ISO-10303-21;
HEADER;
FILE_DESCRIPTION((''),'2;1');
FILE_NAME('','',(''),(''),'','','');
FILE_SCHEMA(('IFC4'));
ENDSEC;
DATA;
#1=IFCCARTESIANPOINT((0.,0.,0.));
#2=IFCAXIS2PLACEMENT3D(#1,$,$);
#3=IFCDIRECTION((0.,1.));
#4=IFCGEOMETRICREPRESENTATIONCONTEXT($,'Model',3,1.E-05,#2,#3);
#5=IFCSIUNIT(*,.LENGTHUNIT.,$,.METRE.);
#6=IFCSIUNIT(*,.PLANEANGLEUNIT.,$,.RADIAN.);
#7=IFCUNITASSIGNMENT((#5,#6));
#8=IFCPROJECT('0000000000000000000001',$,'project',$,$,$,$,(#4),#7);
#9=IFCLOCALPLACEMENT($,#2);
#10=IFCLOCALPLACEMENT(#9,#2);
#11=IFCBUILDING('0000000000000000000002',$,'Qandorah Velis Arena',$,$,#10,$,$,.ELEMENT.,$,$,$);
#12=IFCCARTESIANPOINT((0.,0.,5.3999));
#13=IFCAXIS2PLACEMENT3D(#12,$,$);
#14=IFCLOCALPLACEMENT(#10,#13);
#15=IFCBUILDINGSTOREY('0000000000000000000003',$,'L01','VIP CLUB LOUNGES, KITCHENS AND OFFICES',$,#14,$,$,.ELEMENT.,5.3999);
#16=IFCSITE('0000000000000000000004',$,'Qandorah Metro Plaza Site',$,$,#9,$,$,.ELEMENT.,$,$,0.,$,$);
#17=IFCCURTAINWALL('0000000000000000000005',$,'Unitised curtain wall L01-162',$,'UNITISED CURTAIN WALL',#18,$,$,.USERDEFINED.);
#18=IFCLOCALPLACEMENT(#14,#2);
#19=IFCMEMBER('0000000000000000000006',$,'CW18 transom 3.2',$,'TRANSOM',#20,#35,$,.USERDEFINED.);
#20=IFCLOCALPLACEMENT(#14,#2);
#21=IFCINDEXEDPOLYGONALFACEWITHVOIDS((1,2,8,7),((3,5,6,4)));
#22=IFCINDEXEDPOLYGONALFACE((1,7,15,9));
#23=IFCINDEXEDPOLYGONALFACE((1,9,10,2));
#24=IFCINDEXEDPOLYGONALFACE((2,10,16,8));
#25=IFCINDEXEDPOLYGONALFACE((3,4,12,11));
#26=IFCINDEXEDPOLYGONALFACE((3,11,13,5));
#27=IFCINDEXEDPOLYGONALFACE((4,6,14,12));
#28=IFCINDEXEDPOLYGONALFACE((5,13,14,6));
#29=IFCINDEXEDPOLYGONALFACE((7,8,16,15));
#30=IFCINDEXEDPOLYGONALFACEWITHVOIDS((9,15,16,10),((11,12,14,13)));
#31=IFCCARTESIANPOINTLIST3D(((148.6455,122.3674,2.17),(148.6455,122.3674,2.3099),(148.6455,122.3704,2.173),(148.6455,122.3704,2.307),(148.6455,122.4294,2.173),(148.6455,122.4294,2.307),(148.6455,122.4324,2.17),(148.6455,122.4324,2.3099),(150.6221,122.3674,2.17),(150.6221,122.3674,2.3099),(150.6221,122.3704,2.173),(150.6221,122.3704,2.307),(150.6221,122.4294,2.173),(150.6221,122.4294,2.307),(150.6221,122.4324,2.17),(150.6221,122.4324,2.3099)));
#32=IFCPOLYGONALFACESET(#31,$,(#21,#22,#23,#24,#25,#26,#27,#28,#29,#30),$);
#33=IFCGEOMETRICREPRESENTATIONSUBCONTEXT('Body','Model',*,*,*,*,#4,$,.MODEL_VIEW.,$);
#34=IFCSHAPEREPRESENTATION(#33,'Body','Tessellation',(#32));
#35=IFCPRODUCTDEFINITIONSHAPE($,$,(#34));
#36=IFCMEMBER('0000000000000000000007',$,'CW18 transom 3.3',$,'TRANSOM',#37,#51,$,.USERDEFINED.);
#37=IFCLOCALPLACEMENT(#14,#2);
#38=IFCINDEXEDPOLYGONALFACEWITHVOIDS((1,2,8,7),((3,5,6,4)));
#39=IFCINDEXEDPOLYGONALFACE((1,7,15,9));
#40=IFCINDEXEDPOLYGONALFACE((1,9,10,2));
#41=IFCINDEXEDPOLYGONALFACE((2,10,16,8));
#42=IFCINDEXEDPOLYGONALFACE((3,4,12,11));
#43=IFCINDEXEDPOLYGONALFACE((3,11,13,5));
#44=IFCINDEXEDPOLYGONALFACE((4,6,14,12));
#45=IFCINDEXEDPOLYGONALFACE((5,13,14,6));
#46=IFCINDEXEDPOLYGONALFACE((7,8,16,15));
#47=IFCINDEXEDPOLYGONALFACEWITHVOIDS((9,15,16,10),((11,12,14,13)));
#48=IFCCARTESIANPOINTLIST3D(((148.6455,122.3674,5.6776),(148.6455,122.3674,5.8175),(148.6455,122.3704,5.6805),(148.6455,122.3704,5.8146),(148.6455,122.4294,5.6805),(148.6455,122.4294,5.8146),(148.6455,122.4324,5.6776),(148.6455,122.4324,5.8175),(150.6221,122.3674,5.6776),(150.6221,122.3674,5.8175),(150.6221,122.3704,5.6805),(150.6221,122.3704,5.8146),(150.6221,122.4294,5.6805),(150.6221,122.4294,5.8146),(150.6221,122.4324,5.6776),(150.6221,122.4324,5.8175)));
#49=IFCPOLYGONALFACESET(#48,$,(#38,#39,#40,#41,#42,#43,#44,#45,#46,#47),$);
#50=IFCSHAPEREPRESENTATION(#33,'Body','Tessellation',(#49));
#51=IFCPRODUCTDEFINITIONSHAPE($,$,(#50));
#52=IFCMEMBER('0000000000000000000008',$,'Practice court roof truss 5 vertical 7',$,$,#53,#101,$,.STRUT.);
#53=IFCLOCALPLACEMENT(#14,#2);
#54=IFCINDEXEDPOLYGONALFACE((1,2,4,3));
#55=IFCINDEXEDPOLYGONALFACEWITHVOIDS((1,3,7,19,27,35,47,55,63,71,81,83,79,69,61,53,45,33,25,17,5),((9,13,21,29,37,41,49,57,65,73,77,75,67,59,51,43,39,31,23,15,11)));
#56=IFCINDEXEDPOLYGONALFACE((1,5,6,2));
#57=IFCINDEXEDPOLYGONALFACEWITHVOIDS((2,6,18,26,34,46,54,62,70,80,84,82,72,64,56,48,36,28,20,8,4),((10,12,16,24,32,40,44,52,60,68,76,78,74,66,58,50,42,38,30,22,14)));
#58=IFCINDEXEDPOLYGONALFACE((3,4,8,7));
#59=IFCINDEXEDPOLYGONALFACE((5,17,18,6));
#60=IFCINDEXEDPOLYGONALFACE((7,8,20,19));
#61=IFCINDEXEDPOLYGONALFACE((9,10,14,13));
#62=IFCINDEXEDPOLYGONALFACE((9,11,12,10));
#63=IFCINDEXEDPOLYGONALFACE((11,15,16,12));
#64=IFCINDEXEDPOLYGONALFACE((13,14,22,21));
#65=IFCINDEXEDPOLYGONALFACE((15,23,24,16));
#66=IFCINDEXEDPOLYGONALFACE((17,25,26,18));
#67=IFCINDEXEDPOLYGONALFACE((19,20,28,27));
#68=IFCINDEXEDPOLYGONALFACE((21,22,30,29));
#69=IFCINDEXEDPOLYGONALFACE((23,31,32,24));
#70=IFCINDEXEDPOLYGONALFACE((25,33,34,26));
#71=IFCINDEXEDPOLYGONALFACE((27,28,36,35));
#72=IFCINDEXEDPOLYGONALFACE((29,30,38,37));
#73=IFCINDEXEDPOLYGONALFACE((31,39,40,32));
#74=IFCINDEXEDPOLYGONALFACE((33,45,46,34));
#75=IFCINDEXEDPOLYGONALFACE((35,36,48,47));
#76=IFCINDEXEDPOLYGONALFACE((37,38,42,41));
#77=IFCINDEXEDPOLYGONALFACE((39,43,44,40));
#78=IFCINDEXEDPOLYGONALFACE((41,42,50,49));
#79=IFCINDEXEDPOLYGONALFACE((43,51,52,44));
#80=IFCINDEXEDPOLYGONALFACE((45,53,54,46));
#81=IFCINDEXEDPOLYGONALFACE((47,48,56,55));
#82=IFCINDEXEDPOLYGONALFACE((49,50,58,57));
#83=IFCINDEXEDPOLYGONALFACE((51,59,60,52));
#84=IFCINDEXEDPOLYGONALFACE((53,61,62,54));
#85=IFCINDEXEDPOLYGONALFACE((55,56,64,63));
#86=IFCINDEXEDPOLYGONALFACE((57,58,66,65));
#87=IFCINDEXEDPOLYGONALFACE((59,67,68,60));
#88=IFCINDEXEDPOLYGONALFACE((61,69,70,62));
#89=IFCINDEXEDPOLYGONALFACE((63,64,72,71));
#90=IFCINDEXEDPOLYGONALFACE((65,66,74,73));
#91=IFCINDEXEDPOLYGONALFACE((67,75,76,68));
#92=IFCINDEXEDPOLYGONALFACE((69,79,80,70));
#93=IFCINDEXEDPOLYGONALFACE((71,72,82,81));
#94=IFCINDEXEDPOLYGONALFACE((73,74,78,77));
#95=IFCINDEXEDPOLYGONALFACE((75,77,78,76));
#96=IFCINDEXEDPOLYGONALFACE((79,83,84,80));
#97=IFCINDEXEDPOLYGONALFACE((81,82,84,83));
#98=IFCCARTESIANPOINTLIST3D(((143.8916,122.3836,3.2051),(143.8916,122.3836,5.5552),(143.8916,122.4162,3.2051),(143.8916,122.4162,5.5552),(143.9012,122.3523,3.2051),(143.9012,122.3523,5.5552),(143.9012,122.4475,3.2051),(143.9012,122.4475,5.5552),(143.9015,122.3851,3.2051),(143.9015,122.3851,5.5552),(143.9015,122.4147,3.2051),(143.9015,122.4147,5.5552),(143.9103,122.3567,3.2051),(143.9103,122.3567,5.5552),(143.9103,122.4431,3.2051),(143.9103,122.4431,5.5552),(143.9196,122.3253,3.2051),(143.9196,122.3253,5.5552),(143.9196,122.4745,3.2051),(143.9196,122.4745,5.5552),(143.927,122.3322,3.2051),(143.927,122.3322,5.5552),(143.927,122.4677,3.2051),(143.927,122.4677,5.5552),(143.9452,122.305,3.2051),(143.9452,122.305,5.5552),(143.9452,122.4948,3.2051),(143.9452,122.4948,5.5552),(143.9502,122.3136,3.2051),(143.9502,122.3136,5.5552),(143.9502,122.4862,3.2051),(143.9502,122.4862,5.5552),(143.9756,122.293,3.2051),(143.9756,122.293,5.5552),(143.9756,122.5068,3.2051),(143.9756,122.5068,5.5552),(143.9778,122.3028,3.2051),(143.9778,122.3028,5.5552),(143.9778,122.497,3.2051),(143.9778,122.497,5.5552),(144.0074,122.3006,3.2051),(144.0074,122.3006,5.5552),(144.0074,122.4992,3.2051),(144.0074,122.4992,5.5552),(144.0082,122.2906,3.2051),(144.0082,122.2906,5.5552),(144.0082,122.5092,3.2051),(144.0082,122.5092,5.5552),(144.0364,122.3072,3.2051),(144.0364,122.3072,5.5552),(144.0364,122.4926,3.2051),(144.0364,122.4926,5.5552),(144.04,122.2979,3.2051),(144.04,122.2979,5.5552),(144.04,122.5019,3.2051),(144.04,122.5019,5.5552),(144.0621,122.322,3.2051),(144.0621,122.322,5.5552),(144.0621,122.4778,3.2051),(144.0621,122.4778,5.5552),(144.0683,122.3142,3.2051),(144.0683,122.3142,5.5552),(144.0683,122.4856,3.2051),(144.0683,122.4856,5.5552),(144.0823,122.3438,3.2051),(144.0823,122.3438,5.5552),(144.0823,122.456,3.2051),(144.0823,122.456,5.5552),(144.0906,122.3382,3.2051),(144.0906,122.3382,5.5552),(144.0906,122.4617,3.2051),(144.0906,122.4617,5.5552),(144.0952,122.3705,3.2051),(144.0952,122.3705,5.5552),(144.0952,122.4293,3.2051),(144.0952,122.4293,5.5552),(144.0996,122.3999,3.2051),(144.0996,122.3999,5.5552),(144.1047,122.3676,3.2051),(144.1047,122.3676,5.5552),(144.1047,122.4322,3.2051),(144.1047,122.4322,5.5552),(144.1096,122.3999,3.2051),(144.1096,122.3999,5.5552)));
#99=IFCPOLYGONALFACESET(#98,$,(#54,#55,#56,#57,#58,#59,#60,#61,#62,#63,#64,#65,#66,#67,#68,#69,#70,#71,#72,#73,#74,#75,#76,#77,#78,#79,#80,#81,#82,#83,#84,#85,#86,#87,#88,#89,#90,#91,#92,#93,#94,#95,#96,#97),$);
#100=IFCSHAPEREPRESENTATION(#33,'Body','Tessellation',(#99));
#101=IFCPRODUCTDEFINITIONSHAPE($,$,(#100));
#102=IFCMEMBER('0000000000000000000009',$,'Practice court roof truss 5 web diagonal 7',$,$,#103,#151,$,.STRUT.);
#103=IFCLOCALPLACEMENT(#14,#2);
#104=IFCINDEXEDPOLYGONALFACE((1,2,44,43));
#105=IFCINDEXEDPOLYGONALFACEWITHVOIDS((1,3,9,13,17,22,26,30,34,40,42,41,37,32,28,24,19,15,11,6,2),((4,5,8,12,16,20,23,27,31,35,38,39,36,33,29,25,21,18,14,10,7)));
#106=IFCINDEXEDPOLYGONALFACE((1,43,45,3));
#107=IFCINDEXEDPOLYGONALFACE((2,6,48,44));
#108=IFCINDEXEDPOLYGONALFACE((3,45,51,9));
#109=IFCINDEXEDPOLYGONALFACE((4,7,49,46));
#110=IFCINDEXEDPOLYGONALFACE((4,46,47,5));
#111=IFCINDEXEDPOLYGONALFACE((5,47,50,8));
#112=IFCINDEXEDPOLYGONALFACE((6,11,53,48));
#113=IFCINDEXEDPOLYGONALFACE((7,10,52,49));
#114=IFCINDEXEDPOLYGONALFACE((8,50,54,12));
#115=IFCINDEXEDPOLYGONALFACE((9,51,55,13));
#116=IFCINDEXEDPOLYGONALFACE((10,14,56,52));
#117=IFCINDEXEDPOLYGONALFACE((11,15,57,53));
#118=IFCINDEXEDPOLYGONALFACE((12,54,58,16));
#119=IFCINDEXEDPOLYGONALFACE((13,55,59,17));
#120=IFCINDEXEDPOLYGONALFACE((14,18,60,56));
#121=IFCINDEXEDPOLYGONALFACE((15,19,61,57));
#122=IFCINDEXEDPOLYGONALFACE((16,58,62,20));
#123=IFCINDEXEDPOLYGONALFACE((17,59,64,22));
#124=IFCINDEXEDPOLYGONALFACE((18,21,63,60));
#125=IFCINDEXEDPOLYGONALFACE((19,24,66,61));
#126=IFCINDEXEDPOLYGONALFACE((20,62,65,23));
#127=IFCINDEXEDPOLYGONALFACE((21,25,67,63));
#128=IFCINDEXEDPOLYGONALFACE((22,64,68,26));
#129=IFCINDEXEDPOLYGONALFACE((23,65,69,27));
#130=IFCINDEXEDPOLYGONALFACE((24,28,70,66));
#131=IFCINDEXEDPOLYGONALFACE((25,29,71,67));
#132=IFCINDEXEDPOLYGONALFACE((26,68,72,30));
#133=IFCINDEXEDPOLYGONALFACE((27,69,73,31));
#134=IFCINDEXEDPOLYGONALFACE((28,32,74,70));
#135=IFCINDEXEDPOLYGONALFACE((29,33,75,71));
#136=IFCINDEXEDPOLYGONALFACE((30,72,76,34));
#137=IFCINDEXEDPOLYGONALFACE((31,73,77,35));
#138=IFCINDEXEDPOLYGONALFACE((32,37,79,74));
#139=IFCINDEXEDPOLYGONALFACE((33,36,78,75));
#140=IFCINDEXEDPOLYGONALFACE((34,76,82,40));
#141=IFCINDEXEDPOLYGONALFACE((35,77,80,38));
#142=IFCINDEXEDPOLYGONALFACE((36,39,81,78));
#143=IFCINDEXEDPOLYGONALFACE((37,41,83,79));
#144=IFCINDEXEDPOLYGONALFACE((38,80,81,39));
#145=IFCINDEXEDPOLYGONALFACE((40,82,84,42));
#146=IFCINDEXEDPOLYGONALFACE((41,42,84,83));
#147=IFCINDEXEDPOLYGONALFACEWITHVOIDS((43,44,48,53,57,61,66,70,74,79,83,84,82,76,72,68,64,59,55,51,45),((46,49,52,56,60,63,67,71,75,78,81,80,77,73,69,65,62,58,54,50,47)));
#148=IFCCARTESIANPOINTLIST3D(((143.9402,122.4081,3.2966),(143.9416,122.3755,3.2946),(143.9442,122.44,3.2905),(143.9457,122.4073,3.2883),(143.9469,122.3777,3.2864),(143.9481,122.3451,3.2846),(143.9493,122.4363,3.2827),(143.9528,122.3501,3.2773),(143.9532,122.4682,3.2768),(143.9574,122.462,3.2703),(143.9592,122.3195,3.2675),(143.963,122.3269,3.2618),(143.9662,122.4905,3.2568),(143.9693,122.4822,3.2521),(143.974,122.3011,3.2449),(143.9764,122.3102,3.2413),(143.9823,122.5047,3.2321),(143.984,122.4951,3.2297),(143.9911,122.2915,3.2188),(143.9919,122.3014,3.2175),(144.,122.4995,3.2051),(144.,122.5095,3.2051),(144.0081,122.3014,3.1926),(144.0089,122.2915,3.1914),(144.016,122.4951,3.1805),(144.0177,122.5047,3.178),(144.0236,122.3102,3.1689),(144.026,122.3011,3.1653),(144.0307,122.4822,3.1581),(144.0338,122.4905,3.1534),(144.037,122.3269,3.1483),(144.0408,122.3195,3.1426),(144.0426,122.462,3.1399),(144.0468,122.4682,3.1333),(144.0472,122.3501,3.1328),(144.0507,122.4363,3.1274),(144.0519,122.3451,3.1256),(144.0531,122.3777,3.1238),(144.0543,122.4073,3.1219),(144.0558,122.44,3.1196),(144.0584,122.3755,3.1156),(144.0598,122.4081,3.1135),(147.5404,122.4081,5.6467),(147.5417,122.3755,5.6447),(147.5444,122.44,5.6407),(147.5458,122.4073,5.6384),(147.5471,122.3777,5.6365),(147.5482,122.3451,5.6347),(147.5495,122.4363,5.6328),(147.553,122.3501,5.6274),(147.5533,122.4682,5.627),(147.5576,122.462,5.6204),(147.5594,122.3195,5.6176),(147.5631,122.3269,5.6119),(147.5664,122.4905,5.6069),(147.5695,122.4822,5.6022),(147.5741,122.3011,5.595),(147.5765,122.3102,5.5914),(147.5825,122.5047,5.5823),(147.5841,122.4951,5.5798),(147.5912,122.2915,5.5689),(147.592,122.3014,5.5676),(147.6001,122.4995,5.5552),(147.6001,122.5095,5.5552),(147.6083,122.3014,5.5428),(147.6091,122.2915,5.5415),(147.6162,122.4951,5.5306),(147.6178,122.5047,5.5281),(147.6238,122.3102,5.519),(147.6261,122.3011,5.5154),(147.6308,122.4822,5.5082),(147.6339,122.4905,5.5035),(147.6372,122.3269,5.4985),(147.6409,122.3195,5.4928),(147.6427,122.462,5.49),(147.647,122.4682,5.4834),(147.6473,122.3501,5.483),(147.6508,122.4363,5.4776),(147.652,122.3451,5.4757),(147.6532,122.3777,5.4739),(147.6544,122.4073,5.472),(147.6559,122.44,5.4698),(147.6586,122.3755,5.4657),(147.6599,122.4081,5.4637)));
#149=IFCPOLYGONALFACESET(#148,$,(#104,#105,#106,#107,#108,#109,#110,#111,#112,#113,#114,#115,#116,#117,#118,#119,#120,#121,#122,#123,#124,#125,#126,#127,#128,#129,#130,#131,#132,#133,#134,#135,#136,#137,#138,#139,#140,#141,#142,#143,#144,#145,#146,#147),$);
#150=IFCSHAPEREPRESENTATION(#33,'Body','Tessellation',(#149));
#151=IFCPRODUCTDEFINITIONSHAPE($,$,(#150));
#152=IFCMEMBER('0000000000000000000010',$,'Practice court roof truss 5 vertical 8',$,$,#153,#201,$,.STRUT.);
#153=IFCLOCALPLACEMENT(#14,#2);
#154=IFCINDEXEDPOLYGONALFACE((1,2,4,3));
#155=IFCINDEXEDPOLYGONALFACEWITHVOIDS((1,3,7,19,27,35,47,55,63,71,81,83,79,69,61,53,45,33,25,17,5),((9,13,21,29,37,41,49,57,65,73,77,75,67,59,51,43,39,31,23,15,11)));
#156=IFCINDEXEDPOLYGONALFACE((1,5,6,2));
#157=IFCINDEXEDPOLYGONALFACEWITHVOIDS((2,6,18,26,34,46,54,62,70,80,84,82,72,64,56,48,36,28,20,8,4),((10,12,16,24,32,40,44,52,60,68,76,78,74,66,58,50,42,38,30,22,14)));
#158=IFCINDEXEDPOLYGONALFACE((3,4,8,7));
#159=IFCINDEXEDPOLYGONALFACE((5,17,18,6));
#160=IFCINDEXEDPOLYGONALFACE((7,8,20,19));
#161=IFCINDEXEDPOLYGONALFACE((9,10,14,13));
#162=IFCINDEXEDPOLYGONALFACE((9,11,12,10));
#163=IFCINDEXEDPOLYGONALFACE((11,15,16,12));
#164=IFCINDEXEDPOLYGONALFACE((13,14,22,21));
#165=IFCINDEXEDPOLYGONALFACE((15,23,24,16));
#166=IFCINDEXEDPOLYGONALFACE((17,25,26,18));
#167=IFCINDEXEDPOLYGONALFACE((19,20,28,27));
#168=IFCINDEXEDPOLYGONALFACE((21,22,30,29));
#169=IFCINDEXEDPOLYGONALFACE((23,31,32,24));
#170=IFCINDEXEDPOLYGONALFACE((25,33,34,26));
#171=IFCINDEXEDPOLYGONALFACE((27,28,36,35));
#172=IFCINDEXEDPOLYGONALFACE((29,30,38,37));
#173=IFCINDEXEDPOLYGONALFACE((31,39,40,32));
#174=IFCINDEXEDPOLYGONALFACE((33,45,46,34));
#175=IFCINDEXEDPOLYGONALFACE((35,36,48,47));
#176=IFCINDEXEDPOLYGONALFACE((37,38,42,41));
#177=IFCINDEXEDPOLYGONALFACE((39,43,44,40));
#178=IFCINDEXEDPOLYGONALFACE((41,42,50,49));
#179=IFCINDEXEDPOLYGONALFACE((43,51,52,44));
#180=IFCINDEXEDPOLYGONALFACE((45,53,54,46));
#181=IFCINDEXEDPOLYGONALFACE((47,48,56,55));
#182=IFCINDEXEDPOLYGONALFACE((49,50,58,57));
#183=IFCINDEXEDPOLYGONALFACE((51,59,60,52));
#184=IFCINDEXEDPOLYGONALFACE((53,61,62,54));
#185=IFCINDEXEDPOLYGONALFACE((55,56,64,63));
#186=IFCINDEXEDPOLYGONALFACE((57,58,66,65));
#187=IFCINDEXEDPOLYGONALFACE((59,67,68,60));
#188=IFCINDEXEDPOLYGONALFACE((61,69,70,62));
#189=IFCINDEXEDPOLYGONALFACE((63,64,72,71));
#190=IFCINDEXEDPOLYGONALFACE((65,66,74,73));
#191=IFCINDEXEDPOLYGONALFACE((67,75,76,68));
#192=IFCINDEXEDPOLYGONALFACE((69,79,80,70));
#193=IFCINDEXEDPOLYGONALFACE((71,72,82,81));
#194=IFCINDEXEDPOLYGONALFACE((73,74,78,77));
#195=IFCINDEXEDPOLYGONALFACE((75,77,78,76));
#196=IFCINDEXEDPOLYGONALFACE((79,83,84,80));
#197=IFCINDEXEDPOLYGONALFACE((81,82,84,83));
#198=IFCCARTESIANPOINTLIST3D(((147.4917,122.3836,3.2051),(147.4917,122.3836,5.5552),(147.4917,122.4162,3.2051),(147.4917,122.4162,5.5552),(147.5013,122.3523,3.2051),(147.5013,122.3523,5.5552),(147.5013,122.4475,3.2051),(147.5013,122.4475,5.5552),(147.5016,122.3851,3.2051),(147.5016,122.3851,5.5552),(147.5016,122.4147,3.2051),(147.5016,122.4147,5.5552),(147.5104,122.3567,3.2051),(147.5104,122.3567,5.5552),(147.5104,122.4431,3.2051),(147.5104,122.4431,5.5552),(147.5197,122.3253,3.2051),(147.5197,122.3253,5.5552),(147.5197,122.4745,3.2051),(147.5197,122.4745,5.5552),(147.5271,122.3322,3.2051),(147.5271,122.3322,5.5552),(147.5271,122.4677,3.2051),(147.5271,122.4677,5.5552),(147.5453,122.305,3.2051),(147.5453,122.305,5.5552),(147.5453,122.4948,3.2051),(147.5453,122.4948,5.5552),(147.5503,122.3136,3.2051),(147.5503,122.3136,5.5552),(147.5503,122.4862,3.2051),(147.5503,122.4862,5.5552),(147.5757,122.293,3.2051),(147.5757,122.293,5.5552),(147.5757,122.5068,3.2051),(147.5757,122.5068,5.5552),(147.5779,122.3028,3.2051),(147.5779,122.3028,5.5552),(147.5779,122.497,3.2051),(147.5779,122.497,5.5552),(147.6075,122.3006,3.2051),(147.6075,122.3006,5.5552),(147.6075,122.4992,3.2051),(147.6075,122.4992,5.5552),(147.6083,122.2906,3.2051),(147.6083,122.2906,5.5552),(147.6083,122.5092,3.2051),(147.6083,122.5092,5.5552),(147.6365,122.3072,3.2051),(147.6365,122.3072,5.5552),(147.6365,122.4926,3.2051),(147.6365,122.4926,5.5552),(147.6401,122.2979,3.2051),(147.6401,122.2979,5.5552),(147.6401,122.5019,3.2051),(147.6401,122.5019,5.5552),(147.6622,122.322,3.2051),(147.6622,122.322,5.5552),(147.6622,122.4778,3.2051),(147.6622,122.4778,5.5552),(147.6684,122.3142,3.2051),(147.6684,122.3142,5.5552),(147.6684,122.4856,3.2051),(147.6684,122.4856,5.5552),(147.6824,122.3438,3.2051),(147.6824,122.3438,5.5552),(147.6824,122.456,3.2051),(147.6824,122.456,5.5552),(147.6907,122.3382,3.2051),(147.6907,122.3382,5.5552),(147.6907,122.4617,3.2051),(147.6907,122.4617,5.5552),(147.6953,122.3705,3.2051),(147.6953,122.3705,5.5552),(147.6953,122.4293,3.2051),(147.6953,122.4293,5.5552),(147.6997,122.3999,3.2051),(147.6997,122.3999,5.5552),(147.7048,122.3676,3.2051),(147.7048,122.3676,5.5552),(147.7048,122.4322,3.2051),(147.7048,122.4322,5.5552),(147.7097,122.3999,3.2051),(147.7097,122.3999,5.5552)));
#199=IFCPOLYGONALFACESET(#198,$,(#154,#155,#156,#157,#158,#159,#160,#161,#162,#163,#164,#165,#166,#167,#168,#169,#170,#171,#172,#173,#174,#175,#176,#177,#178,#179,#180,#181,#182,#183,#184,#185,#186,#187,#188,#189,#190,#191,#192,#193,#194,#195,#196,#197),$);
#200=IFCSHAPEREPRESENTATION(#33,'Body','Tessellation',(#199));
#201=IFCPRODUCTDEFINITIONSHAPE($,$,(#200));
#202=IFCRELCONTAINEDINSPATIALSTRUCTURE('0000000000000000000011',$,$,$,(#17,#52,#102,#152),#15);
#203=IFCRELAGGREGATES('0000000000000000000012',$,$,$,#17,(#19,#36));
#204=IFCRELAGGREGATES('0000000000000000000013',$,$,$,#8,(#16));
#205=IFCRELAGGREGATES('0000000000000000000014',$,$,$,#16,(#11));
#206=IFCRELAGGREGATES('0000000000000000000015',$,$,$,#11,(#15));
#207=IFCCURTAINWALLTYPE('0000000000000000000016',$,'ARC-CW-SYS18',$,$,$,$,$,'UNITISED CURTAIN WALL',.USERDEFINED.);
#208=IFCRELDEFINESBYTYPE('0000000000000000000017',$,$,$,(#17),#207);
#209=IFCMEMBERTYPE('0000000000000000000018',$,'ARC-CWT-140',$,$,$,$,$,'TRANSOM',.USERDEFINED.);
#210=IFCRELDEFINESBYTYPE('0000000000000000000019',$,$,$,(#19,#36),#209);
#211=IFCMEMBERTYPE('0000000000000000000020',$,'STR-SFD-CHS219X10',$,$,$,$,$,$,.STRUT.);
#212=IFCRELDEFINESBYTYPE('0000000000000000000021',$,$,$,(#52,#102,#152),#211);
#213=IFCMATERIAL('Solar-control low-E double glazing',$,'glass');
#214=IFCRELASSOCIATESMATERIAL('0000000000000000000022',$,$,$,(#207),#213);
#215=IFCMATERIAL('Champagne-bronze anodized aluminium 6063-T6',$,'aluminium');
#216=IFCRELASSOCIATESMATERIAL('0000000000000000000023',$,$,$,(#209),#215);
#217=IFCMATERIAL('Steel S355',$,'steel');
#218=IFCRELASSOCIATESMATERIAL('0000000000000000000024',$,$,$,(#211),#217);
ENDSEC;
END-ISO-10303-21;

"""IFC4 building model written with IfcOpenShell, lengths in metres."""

from ifc_helpers import new_model, si_unit, direction, frame, origin, origin_2d, place, context, subcontext, project, spatial, hollow_rectangle, hollow_circle, extrude, material, material_profile, profile_set, type_object, element, aggregate, save


model = new_model("IFC4")

# Units and contexts
model_context = context("Model", 3, precision=1e-05, world=origin(), true_north=direction((0.0, 1.0)))
body_context = subcontext(model_context, "Body", "Model", "MODEL_VIEW")
ifc_project = project(units=[si_unit("LENGTHUNIT", "METRE"), si_unit("PLANEANGLEUNIT", "RADIAN")], contexts=[model_context])

# Site, building, storey
site_placement = place(None, origin())
site = spatial("IfcSite", under=ifc_project, at=site_placement, Name="Qandorah Metro Plaza Site", CompositionType="ELEMENT", RefElevation=0.0)
building_placement = place(site_placement, origin())
building = spatial("IfcBuilding", under=site, at=building_placement, Name="Qandorah Velis Arena", CompositionType="ELEMENT")
storey_placement = place(building_placement, frame((0.0, 0.0, 5.3999)))
storey = spatial("IfcBuildingStorey", under=building, at=storey_placement, Name="L01", Description="VIP CLUB LOUNGES, KITCHENS AND OFFICES", CompositionType="ELEMENT", Elevation=5.3999)

# Curtain wall, members
ifc_material_1 = material(Name="Solar-control low-E double glazing", Category="glass")
curtain_wall_type = type_object("IfcCurtainWallType", Name="ARC-CW-SYS18", ElementType="UNITISED CURTAIN WALL", PredefinedType="USERDEFINED", material=ifc_material_1)
curtain_wall_placement = place(storey_placement, origin())
curtain_wall = element("IfcCurtainWall", 1, at=curtain_wall_placement, inside=storey, type_object=curtain_wall_type, Name="Unitised curtain wall L01-162", ObjectType="UNITISED CURTAIN WALL", PredefinedType="USERDEFINED")
ifc_material_2 = material(Name="Champagne-bronze anodized aluminium 6063-T6", Category="aluminium")
ifc_material_profile_1 = material_profile(ifc_material_2, hollow_rectangle(XDim=0.0649, YDim=0.1399, WallThickness=0.0029, at=origin_2d()), Name="ALU TRANSOM 65x140")
ifc_profile_set_1 = profile_set([ifc_material_profile_1], Name="Champagne-bronze anodized aluminium 6063-T6")
member_type_1 = type_object("IfcMemberType", Name="ARC-CWT-140", ElementType="TRANSOM", PredefinedType="USERDEFINED", material=ifc_profile_set_1)
member_1_placement = place(storey_placement, frame((148.6455, 122.3999, 2.24), z_axis=(1.0, 0.0, 0.0), x_axis=(0.0, 1.0, 0.0)))
member_1 = element("IfcMember", 2, at=member_1_placement, type_object=member_type_1, Name="CW18 transom 3.2", ObjectType="TRANSOM", PredefinedType="USERDEFINED", context=body_context, shape_type="SweptSolid", body=[
    extrude(hollow_rectangle(XDim=0.0649, YDim=0.1399, WallThickness=0.0029, at=origin_2d()), origin(), (0.0, 0.0, 1.0), 1.9766),
])
member_2_placement = place(storey_placement, frame((148.6455, 122.3999, 5.7476), z_axis=(1.0, 0.0, 0.0), x_axis=(0.0, 1.0, 0.0)))
member_2 = element("IfcMember", 3, at=member_2_placement, type_object=member_type_1, Name="CW18 transom 3.3", ObjectType="TRANSOM", PredefinedType="USERDEFINED", context=body_context, shape_type="SweptSolid", body=[
    extrude(hollow_rectangle(XDim=0.0649, YDim=0.1399, WallThickness=0.0029, at=origin_2d()), origin(), (0.0, 0.0, 1.0), 1.9766),
])

# Members
ifc_material_3 = material(Name="Steel S355", Category="steel")
ifc_material_profile_2 = material_profile(ifc_material_3, hollow_circle(Radius=0.1096, WallThickness=0.01, at=origin_2d()), Name="CHS 219.1x10")
ifc_profile_set_2 = profile_set([ifc_material_profile_2], Name="Steel S355")
member_type_2 = type_object("IfcMemberType", Name="STR-SFD-CHS219X10", PredefinedType="STRUT", material=ifc_profile_set_2)
member_3_placement = place(storey_placement, frame((144.0, 122.3999, 3.2051), z_axis=(0.0, 0.0, 1.0), x_axis=(1.0, 0.0, 0.0)))
element("IfcMember", 4, at=member_3_placement, inside=storey, type_object=member_type_2, Name="Practice court roof truss 5 vertical 7", PredefinedType="STRUT", context=body_context, shape_type="SweptSolid", body=[
    extrude(hollow_circle(Radius=0.1096, WallThickness=0.01, at=origin_2d()), origin(), (0.0, 0.0, 1.0), 2.3501),
])
member_4_placement = place(storey_placement, frame((144.0, 122.3999, 3.2051), z_axis=(0.837376, 0.0, 0.546628), x_axis=(0.0, 1.0, 0.0)))
element("IfcMember", 5, at=member_4_placement, inside=storey, type_object=member_type_2, Name="Practice court roof truss 5 web diagonal 7", PredefinedType="STRUT", context=body_context, shape_type="SweptSolid", body=[
    extrude(hollow_circle(Radius=0.1096, WallThickness=0.01, at=origin_2d()), origin(), (0.0, 0.0, 1.0), 4.2993),
])
member_5_placement = place(storey_placement, frame((147.6001, 122.3999, 3.2051), z_axis=(0.0, 0.0, 1.0), x_axis=(1.0, 0.0, 0.0)))
element("IfcMember", 6, at=member_5_placement, inside=storey, type_object=member_type_2, Name="Practice court roof truss 5 vertical 8", PredefinedType="STRUT", context=body_context, shape_type="SweptSolid", body=[
    extrude(hollow_circle(Radius=0.1096, WallThickness=0.01, at=origin_2d()), origin(), (0.0, 0.0, 1.0), 2.3501),
])

aggregate(curtain_wall, [member_1, member_2])

save(model, "model.ifc")
